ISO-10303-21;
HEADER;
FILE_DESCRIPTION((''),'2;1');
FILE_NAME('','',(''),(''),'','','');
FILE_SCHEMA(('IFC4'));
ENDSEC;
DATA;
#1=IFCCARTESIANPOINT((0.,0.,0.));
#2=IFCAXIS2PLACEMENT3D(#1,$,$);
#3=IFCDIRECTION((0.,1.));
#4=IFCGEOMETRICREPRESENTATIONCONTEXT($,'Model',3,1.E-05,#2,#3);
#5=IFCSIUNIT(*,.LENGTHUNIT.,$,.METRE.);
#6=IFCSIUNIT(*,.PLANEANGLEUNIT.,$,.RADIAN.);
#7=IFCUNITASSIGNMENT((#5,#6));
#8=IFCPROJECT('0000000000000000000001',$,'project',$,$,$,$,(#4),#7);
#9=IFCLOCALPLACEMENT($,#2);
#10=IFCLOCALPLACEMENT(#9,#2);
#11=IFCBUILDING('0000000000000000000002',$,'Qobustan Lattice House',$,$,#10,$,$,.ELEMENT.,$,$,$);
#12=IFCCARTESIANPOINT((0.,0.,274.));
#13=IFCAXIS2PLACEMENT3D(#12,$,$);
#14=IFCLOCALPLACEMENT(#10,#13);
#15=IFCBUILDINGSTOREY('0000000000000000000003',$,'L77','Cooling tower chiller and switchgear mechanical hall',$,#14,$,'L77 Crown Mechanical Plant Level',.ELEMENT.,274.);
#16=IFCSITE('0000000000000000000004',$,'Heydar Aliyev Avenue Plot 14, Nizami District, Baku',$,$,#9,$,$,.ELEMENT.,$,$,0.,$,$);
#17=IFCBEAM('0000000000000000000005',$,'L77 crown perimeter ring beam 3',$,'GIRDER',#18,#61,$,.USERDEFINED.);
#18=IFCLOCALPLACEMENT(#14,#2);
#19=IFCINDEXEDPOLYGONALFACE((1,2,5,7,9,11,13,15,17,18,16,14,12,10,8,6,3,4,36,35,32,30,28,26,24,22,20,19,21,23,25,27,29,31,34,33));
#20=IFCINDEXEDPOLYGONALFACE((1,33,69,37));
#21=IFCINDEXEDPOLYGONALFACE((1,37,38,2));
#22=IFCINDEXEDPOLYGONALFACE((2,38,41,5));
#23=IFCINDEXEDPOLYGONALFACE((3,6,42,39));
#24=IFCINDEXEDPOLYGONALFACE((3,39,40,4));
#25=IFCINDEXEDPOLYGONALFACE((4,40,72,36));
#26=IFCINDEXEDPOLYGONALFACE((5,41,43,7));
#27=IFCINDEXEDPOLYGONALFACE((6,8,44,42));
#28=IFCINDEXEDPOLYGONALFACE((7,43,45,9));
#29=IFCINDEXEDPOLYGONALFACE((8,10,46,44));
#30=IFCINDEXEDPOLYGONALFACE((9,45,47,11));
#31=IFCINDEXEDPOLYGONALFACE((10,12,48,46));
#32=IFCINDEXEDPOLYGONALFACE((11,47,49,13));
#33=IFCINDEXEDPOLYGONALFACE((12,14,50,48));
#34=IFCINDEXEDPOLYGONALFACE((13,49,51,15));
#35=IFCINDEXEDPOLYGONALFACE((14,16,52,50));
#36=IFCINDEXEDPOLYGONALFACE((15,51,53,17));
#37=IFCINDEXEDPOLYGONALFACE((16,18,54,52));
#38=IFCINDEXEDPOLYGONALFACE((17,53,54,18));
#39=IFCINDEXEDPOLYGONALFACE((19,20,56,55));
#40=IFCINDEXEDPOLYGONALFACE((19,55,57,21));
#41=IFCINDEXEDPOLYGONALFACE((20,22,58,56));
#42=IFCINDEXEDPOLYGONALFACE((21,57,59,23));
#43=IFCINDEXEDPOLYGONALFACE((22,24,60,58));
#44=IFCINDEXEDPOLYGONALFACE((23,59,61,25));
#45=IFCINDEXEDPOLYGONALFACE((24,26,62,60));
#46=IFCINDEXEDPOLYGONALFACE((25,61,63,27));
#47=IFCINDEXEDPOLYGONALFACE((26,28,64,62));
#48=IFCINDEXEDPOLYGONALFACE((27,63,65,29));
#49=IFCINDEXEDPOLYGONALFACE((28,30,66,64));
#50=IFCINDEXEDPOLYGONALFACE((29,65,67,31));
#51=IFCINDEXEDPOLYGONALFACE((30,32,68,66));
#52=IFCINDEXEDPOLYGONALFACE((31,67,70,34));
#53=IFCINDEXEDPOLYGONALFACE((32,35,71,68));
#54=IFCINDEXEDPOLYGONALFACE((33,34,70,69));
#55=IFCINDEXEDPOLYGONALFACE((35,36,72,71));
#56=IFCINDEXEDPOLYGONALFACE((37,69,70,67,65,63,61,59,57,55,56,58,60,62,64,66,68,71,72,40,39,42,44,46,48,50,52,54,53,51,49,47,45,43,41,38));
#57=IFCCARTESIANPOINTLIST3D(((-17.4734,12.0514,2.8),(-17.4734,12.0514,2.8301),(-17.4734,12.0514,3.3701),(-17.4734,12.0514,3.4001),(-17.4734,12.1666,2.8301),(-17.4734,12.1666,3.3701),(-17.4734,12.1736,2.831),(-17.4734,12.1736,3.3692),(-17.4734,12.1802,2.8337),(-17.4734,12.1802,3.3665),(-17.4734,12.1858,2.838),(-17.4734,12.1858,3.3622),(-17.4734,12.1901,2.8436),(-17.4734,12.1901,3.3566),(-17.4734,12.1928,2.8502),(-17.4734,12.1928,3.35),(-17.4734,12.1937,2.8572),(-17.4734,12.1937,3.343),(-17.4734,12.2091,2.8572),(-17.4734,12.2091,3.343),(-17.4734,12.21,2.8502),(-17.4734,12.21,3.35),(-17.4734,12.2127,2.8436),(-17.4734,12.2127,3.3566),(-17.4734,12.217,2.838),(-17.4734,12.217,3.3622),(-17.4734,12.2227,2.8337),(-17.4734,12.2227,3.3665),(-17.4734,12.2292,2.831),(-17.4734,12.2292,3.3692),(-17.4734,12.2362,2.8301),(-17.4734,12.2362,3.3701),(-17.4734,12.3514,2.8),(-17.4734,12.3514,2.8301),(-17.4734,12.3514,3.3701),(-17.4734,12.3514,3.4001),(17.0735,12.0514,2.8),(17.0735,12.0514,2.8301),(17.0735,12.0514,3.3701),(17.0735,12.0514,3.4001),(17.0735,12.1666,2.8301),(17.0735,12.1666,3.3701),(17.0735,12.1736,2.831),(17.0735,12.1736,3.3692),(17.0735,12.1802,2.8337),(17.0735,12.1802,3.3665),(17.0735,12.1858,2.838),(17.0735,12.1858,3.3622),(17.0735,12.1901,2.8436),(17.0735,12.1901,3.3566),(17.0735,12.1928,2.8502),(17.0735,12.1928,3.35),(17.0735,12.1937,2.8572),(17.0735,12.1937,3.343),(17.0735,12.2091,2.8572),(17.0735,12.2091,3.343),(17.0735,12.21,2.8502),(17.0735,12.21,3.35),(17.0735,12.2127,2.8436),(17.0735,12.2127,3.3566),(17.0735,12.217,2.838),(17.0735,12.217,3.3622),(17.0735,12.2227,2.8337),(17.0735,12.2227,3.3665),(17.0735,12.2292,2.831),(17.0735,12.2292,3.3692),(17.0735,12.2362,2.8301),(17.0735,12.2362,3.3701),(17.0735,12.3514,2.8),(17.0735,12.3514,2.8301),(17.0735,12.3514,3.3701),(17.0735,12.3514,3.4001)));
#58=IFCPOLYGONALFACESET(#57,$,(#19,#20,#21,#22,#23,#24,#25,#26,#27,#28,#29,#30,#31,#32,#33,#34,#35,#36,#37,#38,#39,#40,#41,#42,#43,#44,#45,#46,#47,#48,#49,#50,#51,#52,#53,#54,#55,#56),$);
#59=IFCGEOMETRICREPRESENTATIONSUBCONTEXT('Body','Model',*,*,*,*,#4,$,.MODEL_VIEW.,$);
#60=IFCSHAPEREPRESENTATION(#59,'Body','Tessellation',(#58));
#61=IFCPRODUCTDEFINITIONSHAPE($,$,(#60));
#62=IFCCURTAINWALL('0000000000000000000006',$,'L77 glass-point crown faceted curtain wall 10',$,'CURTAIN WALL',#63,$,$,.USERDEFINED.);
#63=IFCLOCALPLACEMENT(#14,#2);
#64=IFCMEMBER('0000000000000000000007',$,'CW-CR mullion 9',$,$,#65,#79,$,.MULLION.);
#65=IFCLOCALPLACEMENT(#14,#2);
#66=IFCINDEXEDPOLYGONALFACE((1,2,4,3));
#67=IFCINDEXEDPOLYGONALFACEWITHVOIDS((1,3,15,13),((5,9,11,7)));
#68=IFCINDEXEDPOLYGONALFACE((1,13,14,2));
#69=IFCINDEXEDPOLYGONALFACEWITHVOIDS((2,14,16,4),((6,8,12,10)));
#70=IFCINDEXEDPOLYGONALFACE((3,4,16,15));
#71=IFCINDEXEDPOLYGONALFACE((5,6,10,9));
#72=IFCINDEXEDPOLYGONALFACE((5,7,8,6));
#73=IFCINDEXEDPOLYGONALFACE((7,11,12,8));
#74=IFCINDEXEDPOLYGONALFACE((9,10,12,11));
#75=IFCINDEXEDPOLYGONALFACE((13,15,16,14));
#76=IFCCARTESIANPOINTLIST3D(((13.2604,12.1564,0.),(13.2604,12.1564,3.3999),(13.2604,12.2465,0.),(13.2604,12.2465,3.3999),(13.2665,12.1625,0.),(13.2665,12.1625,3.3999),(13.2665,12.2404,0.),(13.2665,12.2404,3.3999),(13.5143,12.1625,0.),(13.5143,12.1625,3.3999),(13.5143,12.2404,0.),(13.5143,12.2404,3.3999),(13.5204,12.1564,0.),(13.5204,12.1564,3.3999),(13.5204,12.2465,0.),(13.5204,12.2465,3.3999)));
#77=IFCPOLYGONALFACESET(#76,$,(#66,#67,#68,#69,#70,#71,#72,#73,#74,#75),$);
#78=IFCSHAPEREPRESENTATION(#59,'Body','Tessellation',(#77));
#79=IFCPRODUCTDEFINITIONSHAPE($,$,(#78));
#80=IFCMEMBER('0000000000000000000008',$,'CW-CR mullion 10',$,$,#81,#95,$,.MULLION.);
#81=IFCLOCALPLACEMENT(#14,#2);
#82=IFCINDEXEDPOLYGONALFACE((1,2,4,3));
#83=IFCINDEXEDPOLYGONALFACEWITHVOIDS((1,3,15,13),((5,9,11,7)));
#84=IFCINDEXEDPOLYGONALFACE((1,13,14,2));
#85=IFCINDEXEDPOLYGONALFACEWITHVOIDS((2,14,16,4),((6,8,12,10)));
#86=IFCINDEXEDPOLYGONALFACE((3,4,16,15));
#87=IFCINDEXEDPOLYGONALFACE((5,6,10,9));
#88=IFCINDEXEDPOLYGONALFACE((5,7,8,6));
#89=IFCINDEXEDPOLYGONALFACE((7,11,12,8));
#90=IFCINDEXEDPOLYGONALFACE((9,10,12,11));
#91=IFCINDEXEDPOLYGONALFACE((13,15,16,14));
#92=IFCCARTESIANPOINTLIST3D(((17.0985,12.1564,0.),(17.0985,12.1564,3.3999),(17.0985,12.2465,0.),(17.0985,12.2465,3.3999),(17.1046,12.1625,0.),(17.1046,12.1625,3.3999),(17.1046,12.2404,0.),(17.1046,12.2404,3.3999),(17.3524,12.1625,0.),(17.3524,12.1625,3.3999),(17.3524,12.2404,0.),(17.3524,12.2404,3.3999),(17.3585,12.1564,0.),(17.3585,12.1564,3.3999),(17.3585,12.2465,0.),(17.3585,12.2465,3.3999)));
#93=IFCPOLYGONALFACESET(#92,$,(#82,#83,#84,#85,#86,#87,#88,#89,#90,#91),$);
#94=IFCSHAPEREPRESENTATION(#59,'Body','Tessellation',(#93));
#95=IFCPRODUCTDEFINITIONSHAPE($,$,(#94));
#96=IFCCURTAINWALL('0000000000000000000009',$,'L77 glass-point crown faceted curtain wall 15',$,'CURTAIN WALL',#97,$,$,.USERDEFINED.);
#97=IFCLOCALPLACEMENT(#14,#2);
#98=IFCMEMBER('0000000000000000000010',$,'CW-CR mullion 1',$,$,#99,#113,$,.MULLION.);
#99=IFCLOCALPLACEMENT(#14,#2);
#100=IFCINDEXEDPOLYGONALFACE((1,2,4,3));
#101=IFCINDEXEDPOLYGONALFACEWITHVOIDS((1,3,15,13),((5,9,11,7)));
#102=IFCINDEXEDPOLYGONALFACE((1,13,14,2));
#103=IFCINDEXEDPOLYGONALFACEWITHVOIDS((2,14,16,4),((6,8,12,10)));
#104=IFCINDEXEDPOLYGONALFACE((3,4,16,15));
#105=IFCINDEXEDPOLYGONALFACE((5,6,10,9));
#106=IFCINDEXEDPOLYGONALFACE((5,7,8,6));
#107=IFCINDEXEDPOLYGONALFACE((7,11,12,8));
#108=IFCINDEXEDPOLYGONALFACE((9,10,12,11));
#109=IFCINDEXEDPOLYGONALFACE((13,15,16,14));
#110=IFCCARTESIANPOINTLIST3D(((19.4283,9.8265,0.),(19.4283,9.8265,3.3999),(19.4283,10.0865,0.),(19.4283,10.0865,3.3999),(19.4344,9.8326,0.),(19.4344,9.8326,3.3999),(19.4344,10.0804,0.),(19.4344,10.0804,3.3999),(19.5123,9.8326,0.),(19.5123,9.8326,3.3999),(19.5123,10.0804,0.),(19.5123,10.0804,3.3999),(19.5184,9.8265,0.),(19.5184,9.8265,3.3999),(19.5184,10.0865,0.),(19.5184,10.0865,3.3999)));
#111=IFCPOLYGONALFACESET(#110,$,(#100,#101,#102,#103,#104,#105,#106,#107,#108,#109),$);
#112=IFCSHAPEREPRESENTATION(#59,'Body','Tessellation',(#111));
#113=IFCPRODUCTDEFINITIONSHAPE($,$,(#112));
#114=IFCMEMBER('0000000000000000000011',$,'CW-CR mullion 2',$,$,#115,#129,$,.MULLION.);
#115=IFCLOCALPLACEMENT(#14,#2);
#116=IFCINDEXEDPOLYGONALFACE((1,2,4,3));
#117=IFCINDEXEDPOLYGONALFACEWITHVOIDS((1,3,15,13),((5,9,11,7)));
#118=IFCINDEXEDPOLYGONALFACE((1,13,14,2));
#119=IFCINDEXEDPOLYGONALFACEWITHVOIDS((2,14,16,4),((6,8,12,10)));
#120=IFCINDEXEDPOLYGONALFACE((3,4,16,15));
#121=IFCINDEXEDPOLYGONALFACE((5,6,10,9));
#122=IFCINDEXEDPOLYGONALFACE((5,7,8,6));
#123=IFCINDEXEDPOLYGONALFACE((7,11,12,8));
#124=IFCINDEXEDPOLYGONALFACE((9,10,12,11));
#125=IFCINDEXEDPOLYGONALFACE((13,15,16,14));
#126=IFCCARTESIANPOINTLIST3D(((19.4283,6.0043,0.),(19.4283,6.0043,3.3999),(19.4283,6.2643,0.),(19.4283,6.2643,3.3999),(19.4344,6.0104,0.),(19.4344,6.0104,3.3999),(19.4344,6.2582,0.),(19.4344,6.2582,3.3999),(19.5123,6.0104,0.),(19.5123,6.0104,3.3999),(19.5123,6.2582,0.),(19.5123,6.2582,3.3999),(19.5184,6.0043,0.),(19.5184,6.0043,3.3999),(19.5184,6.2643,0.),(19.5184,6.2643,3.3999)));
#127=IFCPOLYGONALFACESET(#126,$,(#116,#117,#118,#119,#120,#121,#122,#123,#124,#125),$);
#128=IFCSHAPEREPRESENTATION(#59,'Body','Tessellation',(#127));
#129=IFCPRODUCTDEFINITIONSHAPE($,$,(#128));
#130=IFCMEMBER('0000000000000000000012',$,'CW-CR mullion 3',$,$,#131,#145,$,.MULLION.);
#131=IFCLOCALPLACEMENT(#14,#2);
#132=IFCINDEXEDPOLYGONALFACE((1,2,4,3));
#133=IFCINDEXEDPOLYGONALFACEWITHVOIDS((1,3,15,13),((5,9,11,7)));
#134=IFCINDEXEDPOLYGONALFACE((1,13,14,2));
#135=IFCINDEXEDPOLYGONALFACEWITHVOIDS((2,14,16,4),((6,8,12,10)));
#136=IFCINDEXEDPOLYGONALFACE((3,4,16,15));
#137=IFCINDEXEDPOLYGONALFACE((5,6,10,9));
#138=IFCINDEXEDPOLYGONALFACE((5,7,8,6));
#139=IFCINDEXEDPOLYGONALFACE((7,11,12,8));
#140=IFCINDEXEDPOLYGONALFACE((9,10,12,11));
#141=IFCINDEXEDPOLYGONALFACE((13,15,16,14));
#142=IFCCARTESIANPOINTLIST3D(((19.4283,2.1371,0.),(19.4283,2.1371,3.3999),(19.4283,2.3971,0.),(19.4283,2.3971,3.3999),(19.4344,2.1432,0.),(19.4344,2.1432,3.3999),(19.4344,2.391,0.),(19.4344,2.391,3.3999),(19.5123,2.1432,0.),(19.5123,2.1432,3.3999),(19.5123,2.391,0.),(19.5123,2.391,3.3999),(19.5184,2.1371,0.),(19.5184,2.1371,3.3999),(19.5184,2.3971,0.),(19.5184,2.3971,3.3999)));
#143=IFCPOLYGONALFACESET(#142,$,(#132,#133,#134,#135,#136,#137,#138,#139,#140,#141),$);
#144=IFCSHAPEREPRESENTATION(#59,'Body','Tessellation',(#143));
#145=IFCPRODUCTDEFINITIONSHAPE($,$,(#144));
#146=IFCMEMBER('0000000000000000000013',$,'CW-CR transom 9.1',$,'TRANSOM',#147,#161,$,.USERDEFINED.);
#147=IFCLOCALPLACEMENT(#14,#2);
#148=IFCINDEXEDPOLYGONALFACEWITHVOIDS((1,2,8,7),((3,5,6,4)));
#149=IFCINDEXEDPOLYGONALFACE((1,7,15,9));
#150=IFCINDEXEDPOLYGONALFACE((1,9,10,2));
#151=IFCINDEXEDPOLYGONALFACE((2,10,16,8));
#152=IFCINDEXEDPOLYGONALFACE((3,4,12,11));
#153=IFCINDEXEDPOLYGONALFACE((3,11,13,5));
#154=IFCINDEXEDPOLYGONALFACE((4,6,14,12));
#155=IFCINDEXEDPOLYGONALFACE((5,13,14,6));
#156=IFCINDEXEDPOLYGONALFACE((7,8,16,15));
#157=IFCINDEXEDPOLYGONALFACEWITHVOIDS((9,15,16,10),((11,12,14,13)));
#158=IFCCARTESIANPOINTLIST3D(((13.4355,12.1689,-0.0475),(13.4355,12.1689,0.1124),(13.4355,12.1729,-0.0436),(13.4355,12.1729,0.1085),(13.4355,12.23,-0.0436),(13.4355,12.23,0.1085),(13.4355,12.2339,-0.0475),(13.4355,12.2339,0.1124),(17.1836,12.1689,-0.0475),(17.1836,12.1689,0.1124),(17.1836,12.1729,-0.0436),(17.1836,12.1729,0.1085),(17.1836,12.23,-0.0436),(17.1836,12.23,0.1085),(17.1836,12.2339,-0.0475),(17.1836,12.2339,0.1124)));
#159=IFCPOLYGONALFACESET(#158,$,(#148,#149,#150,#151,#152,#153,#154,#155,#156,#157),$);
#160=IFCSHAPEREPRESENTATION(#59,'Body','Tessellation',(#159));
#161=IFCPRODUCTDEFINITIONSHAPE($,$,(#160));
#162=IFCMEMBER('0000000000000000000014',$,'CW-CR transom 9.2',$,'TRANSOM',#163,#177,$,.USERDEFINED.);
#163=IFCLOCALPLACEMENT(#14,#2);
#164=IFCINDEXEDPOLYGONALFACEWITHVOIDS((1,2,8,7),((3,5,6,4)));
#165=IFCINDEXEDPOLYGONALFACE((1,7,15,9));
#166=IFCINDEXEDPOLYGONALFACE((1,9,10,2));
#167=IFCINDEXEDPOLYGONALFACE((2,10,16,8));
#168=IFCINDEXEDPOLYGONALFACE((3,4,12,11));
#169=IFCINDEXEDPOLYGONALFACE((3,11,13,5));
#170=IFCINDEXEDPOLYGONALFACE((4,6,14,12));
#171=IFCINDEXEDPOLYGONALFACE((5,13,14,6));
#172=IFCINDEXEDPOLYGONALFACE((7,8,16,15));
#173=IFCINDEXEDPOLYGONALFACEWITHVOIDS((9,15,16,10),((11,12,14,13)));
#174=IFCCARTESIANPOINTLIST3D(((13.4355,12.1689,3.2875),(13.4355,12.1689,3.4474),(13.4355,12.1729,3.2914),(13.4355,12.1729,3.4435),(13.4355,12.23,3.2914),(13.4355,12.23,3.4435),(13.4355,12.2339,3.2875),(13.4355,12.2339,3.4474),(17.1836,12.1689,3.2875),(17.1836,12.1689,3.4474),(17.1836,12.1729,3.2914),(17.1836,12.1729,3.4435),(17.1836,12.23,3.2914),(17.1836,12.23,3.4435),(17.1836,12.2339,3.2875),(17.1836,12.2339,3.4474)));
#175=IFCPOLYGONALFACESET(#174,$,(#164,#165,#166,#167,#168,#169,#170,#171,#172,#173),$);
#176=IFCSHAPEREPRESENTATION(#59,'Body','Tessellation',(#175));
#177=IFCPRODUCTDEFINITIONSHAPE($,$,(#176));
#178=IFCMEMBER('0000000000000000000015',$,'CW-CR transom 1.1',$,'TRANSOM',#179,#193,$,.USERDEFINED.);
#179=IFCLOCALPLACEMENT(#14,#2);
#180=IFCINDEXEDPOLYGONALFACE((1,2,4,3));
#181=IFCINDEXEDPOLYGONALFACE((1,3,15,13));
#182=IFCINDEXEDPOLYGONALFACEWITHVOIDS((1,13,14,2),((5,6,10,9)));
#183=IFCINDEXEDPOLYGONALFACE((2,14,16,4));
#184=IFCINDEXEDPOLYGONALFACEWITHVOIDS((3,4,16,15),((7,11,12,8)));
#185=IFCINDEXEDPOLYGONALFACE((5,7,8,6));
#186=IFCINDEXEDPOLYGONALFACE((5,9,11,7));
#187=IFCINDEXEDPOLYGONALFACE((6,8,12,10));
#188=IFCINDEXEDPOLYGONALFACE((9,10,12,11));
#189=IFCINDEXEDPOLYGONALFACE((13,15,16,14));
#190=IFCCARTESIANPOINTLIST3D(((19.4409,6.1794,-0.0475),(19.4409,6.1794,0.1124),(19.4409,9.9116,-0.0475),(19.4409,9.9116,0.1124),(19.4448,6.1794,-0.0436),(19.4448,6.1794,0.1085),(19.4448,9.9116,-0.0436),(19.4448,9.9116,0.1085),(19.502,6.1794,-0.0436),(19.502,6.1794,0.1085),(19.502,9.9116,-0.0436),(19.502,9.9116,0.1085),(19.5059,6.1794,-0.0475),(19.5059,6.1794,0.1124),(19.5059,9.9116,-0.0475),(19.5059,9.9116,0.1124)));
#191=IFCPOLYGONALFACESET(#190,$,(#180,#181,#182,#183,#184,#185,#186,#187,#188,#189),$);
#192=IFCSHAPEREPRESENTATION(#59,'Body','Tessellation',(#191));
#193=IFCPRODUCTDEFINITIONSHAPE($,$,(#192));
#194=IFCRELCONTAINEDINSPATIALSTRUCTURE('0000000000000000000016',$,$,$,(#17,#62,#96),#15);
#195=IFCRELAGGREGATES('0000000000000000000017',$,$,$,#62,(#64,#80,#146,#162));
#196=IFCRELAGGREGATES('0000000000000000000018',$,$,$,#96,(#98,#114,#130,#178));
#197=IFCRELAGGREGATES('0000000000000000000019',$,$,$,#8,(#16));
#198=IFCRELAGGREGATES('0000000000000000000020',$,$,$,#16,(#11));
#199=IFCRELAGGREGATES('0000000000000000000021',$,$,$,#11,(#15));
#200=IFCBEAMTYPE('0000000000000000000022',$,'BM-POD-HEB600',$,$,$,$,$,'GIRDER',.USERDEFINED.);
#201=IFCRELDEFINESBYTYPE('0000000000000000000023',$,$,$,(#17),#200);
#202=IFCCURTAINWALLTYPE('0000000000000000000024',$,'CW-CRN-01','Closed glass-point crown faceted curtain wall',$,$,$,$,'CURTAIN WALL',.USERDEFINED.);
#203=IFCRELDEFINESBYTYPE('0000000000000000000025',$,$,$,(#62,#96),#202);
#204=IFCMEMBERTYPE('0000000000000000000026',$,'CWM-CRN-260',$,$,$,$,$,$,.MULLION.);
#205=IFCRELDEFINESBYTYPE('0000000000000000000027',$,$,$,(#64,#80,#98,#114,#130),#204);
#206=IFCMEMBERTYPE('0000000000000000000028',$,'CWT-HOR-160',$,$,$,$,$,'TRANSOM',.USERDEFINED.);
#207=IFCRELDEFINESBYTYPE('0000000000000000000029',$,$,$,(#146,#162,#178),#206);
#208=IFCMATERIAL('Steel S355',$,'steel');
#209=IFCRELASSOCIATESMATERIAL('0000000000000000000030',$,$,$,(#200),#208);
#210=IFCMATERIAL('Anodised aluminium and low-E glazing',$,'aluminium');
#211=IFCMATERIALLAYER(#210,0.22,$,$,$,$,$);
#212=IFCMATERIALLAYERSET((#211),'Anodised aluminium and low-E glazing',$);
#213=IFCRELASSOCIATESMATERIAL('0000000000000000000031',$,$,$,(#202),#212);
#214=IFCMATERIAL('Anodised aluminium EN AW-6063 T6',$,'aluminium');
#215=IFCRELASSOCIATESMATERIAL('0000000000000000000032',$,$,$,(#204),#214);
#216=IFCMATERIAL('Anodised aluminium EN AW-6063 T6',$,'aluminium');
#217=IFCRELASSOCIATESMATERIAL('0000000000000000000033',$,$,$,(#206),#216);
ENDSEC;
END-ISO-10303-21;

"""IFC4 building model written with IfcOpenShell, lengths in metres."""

from ifc_helpers import new_model, si_unit, direction, frame, origin, origin_2d, place, context, subcontext, project, spatial, hollow_rectangle, i_section, extrude, material, layer, layer_set, material_profile, profile_set, type_object, element, aggregate, save


model = new_model("IFC4")

# Units and contexts
model_context = context("Model", 3, precision=1e-05, world=origin(), true_north=direction((0.0, 1.0)))
body_context = subcontext(model_context, "Body", "Model", "MODEL_VIEW")
ifc_project = project(units=[si_unit("LENGTHUNIT", "METRE"), si_unit("PLANEANGLEUNIT", "RADIAN")], contexts=[model_context])

# Site, building, storey
site_placement = place(None, origin())
site = spatial("IfcSite", under=ifc_project, at=site_placement, Name="Heydar Aliyev Avenue Plot 14, Nizami District, Baku", CompositionType="ELEMENT", RefElevation=0.0)
building_placement = place(site_placement, origin())
building = spatial("IfcBuilding", under=site, at=building_placement, Name="Qobustan Lattice House", CompositionType="ELEMENT")
storey_placement = place(building_placement, frame((0.0, 0.0, 274.0)))
storey = spatial("IfcBuildingStorey", under=building, at=storey_placement, Name="L77", Description="Cooling tower chiller and switchgear mechanical hall", LongName="L77 Crown Mechanical Plant Level", CompositionType="ELEMENT", Elevation=274.0)

# Beam
ifc_material_1 = material(Name="Steel S355", Category="steel")
ifc_material_profile_1 = material_profile(ifc_material_1, i_section(OverallWidth=0.3, OverallDepth=0.6001, WebThickness=0.0154, FlangeThickness=0.03, FilletRadius=0.0271, at=origin_2d()), Name="HEB600")
ifc_profile_set_1 = profile_set([ifc_material_profile_1], Name="Steel S355")
beam_type = type_object("IfcBeamType", Name="BM-POD-HEB600", ElementType="GIRDER", PredefinedType="USERDEFINED", material=ifc_profile_set_1)
beam_placement = place(storey_placement, frame((17.0735, 12.2014, 3.1001), z_axis=(-1.0, 0.0, 0.0), x_axis=(0.0, -1.0, 0.0)))
element("IfcBeam", 1, at=beam_placement, inside=storey, type_object=beam_type, Name="L77 crown perimeter ring beam 3", ObjectType="GIRDER", PredefinedType="USERDEFINED", context=body_context, shape_type="SweptSolid", body=[
    extrude(i_section(OverallWidth=0.3, OverallDepth=0.6001, WebThickness=0.0154, FlangeThickness=0.03, FilletRadius=0.0271, at=origin_2d()), origin(), (0.0, 0.0, 1.0), 34.5469),
])

# Curtain walls, members
ifc_material_2 = material(Name="Anodised aluminium and low-E glazing", Category="aluminium")
ifc_layer_1 = layer(ifc_material_2, 0.22)
ifc_layer_set_1 = layer_set([ifc_layer_1], Name="Anodised aluminium and low-E glazing")
curtain_wall_type = type_object("IfcCurtainWallType", Name="CW-CRN-01", Description="Closed glass-point crown faceted curtain wall", ElementType="CURTAIN WALL", PredefinedType="USERDEFINED", material=ifc_layer_set_1)
curtain_wall_1_placement = place(storey_placement, origin())
curtain_wall_1 = element("IfcCurtainWall", 2, at=curtain_wall_1_placement, inside=storey, type_object=curtain_wall_type, Name="L77 glass-point crown faceted curtain wall 10", ObjectType="CURTAIN WALL", PredefinedType="USERDEFINED")
ifc_material_3 = material(Name="Anodised aluminium EN AW-6063 T6", Category="aluminium")
ifc_material_profile_2 = material_profile(ifc_material_3, hollow_rectangle(XDim=0.0901, YDim=0.26, WallThickness=0.0061, at=origin_2d()), Name="CWM-CROWN-260x90")
ifc_profile_set_2 = profile_set([ifc_material_profile_2], Name="Anodised aluminium EN AW-6063 T6")
member_type_1 = type_object("IfcMemberType", Name="CWM-CRN-260", PredefinedType="MULLION", material=ifc_profile_set_2)
member_1_placement = place(storey_placement, frame((13.3904, 12.2014, 0.0), z_axis=(0.0, 0.0, 1.0), x_axis=(0.0, 1.0, 0.0)))
member_1 = element("IfcMember", 3, at=member_1_placement, type_object=member_type_1, Name="CW-CR mullion 9", PredefinedType="MULLION", context=body_context, shape_type="SweptSolid", body=[
    extrude(hollow_rectangle(XDim=0.0901, YDim=0.26, WallThickness=0.0061, at=origin_2d()), origin(), (0.0, 0.0, 1.0), 3.3999),
])
member_2_placement = place(storey_placement, frame((17.2285, 12.2014, 0.0), z_axis=(0.0, 0.0, 1.0), x_axis=(0.0, 1.0, 0.0)))
member_2 = element("IfcMember", 4, at=member_2_placement, type_object=member_type_1, Name="CW-CR mullion 10", PredefinedType="MULLION", context=body_context, shape_type="SweptSolid", body=[
    extrude(hollow_rectangle(XDim=0.0901, YDim=0.26, WallThickness=0.0061, at=origin_2d()), origin(), (0.0, 0.0, 1.0), 3.3999),
])
curtain_wall_2_placement = place(storey_placement, origin())
curtain_wall_2 = element("IfcCurtainWall", 5, at=curtain_wall_2_placement, inside=storey, type_object=curtain_wall_type, Name="L77 glass-point crown faceted curtain wall 15", ObjectType="CURTAIN WALL", PredefinedType="USERDEFINED")
member_3_placement = place(storey_placement, frame((19.4734, 9.9565, 0.0), z_axis=(0.0, 0.0, 1.0), x_axis=(1.0, 0.0, 0.0)))
member_3 = element("IfcMember", 6, at=member_3_placement, type_object=member_type_1, Name="CW-CR mullion 1", PredefinedType="MULLION", context=body_context, shape_type="SweptSolid", body=[
    extrude(hollow_rectangle(XDim=0.0901, YDim=0.26, WallThickness=0.0061, at=origin_2d()), origin(), (0.0, 0.0, 1.0), 3.3999),
])
member_4_placement = place(storey_placement, frame((19.4734, 6.1343, 0.0), z_axis=(0.0, 0.0, 1.0), x_axis=(1.0, 0.0, 0.0)))
member_4 = element("IfcMember", 7, at=member_4_placement, type_object=member_type_1, Name="CW-CR mullion 2", PredefinedType="MULLION", context=body_context, shape_type="SweptSolid", body=[
    extrude(hollow_rectangle(XDim=0.0901, YDim=0.26, WallThickness=0.0061, at=origin_2d()), origin(), (0.0, 0.0, 1.0), 3.3999),
])
member_5_placement = place(storey_placement, frame((19.4734, 2.2671, 0.0), z_axis=(0.0, 0.0, 1.0), x_axis=(1.0, 0.0, 0.0)))
member_5 = element("IfcMember", 8, at=member_5_placement, type_object=member_type_1, Name="CW-CR mullion 3", PredefinedType="MULLION", context=body_context, shape_type="SweptSolid", body=[
    extrude(hollow_rectangle(XDim=0.0901, YDim=0.26, WallThickness=0.0061, at=origin_2d()), origin(), (0.0, 0.0, 1.0), 3.3999),
])

# Members
ifc_material_4 = material(Name="Anodised aluminium EN AW-6063 T6", Category="aluminium")
ifc_material_profile_3 = material_profile(ifc_material_4, hollow_rectangle(XDim=0.0649, YDim=0.1599, WallThickness=0.0039, at=origin_2d()), Name="CWT-160x65")
ifc_profile_set_3 = profile_set([ifc_material_profile_3], Name="Anodised aluminium EN AW-6063 T6")
member_type_2 = type_object("IfcMemberType", Name="CWT-HOR-160", ElementType="TRANSOM", PredefinedType="USERDEFINED", material=ifc_profile_set_3)
member_6_placement = place(storey_placement, frame((13.4355, 12.2014, 0.0325), z_axis=(1.0, 0.0, 0.0), x_axis=(0.0, 1.0, 0.0)))
member_6 = element("IfcMember", 9, at=member_6_placement, type_object=member_type_2, Name="CW-CR transom 9.1", ObjectType="TRANSOM", PredefinedType="USERDEFINED", context=body_context, shape_type="SweptSolid", body=[
    extrude(hollow_rectangle(XDim=0.0649, YDim=0.1599, WallThickness=0.0039, at=origin_2d()), origin(), (0.0, 0.0, 1.0), 3.748),
])
member_7_placement = place(storey_placement, frame((13.4355, 12.2014, 3.3674), z_axis=(1.0, 0.0, 0.0), x_axis=(0.0, 1.0, 0.0)))
member_7 = element("IfcMember", 10, at=member_7_placement, type_object=member_type_2, Name="CW-CR transom 9.2", ObjectType="TRANSOM", PredefinedType="USERDEFINED", context=body_context, shape_type="SweptSolid", body=[
    extrude(hollow_rectangle(XDim=0.0649, YDim=0.1599, WallThickness=0.0039, at=origin_2d()), origin(), (0.0, 0.0, 1.0), 3.748),
])
member_8_placement = place(storey_placement, frame((19.4734, 9.9116, 0.0325), z_axis=(0.0, -1.0, 0.0), x_axis=(1.0, 0.0, 0.0)))
member_8 = element("IfcMember", 11, at=member_8_placement, type_object=member_type_2, Name="CW-CR transom 1.1", ObjectType="TRANSOM", PredefinedType="USERDEFINED", context=body_context, shape_type="SweptSolid", body=[
    extrude(hollow_rectangle(XDim=0.0649, YDim=0.1599, WallThickness=0.0039, at=origin_2d()), origin(), (0.0, 0.0, 1.0), 3.7322),
])

aggregate(curtain_wall_1, [member_1, member_2, member_6, member_7])
aggregate(curtain_wall_2, [member_3, member_4, member_5, member_8])

save(model, "model.ifc")
